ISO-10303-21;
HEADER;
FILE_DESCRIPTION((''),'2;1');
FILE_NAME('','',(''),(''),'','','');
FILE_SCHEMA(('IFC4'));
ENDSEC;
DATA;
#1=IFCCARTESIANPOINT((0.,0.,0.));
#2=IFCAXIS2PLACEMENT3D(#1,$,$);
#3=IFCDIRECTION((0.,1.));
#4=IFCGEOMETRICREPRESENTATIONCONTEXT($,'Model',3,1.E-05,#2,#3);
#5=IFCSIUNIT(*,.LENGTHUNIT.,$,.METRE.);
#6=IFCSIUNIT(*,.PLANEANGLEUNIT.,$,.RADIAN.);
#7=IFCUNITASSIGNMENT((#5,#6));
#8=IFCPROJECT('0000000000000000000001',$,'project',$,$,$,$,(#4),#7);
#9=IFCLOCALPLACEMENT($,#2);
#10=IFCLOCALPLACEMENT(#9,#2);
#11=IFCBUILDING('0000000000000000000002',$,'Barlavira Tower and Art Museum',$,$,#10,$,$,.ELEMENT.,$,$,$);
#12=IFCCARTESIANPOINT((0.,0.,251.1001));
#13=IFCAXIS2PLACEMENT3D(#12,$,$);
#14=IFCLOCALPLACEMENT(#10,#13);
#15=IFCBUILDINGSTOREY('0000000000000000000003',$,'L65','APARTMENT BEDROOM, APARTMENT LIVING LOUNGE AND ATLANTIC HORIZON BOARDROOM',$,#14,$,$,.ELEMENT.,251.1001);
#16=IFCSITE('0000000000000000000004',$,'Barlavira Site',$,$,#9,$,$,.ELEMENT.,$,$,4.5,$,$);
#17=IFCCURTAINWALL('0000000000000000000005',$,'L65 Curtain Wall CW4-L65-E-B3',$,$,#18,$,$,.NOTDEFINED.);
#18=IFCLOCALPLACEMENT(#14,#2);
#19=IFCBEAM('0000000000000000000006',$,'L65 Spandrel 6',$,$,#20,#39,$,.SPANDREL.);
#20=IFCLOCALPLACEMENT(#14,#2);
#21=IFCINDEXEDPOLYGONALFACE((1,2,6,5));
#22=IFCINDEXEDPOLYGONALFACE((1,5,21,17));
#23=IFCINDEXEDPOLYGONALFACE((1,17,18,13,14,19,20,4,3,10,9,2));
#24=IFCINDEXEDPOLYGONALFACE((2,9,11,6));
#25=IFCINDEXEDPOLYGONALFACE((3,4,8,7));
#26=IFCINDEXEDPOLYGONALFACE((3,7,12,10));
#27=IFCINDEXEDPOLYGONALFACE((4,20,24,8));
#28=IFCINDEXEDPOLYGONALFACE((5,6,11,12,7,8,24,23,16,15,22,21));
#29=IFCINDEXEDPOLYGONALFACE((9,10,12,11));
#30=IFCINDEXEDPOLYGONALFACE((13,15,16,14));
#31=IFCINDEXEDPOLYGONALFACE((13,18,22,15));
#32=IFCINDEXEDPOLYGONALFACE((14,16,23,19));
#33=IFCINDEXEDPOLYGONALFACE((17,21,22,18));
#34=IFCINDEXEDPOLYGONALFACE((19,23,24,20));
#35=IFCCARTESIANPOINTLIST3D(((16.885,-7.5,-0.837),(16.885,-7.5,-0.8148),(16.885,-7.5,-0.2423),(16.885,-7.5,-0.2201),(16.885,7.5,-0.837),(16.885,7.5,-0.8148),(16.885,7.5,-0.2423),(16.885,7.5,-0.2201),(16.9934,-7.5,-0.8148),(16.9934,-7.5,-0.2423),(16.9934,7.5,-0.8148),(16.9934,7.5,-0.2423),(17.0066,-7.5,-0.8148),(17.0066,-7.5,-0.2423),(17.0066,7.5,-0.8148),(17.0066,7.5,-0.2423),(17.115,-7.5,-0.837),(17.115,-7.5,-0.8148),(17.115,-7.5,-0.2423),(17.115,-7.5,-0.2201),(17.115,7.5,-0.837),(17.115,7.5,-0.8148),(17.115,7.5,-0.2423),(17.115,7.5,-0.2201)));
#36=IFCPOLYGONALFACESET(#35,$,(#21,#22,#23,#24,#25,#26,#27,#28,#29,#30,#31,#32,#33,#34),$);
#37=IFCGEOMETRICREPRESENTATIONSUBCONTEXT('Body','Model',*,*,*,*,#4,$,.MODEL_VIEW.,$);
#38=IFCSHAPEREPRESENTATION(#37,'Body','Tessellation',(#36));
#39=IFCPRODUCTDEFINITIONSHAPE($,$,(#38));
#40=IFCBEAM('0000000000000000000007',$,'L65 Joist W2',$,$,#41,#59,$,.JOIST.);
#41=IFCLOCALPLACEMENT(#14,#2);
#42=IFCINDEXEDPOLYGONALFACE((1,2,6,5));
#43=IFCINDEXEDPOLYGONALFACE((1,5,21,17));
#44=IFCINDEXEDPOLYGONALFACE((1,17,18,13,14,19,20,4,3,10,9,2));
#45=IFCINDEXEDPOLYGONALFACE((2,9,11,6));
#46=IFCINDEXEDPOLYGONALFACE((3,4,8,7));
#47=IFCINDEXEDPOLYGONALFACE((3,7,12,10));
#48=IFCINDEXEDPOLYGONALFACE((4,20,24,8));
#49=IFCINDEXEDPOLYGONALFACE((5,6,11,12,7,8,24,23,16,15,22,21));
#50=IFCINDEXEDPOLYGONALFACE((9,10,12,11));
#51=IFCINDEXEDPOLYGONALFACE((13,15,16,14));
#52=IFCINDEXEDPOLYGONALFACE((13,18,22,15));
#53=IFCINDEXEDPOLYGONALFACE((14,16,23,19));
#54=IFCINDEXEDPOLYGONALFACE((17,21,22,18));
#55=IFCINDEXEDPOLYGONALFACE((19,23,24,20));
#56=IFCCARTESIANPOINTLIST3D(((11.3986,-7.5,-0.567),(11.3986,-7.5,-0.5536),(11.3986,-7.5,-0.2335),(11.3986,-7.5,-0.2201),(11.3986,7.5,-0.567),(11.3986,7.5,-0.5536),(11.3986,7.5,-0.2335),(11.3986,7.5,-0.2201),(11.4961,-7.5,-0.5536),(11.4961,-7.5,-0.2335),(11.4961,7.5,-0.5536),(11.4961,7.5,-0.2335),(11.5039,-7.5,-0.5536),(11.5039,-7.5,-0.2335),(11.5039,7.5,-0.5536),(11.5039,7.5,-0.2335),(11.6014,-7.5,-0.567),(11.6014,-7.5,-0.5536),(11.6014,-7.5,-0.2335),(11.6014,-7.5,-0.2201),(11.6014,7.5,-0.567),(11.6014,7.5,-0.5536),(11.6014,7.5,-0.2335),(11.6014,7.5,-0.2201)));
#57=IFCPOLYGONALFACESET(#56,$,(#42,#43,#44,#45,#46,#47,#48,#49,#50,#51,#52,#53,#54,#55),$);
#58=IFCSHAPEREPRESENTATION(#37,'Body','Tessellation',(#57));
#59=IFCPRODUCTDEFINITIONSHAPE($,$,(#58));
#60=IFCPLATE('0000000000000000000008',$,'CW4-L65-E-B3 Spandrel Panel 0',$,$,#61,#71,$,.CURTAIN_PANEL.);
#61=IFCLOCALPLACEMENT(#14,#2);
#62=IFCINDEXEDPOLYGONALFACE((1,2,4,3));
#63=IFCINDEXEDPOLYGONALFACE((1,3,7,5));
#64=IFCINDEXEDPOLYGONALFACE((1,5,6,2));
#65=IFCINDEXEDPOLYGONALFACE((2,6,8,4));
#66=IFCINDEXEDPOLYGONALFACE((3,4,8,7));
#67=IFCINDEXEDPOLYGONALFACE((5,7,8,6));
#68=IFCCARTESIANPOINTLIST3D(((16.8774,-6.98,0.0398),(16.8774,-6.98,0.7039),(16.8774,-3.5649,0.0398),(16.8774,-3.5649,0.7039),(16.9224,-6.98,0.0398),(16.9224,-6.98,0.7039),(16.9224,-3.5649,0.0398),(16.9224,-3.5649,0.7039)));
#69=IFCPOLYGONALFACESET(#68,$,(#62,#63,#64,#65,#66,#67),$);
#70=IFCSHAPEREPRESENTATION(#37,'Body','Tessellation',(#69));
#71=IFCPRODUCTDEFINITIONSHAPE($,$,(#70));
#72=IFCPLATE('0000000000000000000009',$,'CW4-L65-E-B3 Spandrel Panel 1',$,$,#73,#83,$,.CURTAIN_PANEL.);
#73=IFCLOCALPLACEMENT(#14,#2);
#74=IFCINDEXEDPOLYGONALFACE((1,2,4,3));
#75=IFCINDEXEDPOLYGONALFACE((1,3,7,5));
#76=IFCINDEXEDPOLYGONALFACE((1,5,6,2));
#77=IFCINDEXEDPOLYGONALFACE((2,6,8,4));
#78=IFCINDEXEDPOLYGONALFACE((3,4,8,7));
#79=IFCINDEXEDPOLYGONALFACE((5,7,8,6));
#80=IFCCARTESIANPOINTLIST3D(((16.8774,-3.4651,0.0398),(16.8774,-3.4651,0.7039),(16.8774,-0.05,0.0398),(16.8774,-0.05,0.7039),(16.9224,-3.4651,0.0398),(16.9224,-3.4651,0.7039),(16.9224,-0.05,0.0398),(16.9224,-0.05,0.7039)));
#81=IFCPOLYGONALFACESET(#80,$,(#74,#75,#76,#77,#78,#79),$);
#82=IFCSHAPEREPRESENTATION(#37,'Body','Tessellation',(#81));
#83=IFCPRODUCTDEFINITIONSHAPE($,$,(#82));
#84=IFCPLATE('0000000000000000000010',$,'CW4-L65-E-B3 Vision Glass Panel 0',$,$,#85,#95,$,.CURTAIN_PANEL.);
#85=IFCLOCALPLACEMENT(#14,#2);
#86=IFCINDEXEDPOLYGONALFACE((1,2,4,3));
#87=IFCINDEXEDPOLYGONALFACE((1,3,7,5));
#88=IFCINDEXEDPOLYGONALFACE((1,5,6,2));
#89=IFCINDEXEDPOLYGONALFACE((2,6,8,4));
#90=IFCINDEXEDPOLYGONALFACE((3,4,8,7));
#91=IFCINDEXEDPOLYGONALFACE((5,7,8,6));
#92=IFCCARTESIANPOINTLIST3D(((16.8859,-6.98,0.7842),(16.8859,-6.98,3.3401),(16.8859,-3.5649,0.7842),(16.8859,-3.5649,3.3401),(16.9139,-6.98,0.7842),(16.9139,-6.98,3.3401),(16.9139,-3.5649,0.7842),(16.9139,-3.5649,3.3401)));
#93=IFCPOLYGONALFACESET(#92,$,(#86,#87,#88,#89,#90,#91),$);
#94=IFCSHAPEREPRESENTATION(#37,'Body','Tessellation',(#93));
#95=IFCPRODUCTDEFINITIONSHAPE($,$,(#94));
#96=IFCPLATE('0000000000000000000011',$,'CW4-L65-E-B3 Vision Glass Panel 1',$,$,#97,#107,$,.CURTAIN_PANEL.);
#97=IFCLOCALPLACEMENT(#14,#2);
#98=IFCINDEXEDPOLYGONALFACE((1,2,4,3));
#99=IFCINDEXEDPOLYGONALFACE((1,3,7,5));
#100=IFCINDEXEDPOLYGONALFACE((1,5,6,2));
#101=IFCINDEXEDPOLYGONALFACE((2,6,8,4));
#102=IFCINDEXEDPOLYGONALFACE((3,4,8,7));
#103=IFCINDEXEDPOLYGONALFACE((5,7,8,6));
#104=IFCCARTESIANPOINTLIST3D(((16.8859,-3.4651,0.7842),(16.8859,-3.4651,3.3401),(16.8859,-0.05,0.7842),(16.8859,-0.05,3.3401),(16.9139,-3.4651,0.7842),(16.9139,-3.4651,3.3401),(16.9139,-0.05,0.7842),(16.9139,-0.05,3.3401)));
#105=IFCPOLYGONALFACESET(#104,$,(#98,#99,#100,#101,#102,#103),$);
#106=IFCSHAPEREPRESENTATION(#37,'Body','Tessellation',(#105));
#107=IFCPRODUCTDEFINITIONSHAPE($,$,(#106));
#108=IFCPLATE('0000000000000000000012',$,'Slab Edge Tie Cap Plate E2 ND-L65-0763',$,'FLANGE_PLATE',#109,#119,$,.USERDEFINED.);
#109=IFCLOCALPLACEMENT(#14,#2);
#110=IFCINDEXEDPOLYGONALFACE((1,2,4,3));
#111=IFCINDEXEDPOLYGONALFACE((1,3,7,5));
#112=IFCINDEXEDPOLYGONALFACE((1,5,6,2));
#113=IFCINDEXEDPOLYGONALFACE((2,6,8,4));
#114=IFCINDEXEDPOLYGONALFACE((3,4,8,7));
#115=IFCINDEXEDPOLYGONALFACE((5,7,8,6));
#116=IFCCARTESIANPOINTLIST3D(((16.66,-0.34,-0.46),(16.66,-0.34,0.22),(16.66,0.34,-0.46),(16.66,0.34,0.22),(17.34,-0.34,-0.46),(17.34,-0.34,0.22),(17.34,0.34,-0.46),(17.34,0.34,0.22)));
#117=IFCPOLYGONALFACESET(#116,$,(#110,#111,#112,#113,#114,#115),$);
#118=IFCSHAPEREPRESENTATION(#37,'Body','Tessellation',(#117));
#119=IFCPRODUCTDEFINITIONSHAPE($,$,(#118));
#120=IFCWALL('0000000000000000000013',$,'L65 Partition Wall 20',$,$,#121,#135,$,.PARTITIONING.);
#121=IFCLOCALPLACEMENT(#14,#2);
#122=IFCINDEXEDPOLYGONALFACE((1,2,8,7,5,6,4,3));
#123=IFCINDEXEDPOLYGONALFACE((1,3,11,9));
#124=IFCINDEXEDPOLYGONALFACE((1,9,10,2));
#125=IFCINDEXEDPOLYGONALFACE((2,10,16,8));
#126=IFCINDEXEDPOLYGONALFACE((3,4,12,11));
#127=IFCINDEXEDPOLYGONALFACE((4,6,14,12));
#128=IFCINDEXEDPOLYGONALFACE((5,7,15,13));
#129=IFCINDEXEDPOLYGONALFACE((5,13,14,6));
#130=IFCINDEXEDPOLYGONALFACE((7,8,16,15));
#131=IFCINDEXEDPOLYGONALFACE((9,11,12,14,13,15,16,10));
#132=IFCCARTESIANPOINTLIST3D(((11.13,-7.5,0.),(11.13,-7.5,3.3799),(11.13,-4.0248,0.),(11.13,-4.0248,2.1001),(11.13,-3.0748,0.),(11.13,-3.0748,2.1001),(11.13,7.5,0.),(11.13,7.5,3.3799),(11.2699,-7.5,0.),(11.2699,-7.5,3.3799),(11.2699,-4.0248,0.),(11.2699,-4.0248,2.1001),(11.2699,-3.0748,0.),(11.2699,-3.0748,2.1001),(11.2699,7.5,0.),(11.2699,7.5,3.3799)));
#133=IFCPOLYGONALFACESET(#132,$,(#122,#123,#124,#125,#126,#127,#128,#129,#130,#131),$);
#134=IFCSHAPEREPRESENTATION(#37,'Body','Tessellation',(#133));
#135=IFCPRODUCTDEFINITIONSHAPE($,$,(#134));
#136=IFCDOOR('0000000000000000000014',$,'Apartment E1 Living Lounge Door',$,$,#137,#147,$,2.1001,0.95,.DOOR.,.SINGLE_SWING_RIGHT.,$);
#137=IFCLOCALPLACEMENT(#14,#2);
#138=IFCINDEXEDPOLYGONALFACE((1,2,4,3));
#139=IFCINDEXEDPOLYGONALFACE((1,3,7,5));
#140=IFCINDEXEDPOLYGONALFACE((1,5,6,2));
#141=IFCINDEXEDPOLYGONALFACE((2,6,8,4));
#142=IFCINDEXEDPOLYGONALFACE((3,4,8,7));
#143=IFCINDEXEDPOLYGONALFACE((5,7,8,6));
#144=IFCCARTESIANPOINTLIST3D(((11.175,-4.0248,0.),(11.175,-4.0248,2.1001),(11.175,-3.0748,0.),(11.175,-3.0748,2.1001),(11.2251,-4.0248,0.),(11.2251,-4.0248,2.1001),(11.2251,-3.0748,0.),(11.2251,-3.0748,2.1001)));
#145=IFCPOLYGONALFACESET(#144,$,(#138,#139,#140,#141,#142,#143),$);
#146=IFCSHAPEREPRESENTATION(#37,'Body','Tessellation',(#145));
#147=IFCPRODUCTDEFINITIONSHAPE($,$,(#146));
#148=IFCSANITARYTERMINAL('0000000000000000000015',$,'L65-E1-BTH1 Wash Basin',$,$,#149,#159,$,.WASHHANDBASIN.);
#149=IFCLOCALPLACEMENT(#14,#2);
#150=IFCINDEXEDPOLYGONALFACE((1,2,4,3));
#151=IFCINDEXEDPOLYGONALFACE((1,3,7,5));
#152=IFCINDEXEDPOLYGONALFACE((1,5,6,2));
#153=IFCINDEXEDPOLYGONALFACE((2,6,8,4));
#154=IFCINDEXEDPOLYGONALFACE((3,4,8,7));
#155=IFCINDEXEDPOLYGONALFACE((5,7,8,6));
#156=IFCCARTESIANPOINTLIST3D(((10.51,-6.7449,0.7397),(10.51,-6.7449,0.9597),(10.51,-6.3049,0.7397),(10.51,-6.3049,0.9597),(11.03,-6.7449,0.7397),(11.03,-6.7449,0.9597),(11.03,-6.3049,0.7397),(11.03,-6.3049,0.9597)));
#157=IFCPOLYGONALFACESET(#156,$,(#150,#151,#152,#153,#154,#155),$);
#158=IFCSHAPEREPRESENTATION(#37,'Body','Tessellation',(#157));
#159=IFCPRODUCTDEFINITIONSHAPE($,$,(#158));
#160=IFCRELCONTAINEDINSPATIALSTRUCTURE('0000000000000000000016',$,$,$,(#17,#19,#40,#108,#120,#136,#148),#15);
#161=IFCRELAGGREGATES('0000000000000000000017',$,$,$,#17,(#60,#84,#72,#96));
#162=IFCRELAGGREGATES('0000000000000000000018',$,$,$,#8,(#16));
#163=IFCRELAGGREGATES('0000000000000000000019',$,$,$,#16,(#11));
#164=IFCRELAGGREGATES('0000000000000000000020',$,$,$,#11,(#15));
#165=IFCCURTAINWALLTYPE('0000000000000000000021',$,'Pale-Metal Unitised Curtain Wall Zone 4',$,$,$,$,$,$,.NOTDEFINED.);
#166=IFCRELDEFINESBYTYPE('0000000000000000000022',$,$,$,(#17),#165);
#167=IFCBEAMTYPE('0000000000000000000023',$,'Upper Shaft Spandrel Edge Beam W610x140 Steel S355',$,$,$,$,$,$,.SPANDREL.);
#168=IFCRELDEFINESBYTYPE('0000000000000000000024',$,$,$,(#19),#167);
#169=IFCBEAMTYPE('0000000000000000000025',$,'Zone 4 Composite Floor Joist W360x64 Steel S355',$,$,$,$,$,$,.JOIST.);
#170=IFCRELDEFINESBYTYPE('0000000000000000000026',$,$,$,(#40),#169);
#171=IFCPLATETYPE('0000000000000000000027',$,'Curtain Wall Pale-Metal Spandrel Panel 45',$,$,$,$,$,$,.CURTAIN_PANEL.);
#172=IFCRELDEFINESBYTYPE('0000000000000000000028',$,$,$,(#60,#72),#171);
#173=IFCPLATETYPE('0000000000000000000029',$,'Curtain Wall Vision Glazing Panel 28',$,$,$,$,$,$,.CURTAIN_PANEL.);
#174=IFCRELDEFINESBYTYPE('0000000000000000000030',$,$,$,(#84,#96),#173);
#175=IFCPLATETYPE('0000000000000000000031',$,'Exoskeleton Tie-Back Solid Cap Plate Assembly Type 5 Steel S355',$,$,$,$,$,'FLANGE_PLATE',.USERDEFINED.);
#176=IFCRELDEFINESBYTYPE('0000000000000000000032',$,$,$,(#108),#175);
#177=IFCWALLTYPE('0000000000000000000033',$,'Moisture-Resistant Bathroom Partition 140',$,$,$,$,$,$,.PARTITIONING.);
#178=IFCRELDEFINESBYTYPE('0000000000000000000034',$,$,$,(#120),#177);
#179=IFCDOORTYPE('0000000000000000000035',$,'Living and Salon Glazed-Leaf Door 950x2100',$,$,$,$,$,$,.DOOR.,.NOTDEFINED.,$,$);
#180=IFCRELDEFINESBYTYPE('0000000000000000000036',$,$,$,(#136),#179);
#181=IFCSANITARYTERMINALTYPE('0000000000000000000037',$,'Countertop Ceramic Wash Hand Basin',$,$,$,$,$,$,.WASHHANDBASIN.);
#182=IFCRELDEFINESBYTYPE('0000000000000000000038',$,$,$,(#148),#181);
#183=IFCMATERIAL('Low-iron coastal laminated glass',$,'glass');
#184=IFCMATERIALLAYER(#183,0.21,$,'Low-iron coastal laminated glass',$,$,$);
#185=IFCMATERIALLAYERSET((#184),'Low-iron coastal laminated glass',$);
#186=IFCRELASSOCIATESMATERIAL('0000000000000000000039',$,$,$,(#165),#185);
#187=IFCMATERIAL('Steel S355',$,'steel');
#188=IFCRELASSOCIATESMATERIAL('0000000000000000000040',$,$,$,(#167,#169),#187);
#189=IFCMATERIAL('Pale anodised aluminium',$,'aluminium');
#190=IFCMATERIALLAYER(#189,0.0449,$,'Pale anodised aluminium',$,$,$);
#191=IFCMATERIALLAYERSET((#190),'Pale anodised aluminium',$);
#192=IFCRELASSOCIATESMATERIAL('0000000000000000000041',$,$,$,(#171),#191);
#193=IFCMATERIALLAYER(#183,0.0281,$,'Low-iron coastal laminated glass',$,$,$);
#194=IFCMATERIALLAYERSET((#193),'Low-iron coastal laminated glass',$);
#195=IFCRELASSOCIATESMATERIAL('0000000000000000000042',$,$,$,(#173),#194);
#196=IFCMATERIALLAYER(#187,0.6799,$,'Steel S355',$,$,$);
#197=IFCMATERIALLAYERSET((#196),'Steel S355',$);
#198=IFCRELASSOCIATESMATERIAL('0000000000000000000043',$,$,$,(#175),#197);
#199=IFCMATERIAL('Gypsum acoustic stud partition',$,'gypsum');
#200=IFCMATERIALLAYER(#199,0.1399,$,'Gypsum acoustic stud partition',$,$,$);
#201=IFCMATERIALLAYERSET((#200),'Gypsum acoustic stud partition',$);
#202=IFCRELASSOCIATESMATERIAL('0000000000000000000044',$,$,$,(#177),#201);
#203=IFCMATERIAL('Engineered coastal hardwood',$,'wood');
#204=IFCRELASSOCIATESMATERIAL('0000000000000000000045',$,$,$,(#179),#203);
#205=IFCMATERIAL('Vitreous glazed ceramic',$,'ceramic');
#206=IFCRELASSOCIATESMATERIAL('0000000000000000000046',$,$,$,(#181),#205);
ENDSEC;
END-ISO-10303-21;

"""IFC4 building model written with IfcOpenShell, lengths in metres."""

from ifc_helpers import new_model, si_unit, direction, frame, frame_2d, origin, origin_2d, place, context, subcontext, project, spatial, rectangle, i_section, extrude, material, layer, layer_set, material_profile, profile_set, type_object, element, fill, aggregate, save


model = new_model("IFC4")

# Units and contexts
model_context = context("Model", 3, precision=1e-05, world=origin(), true_north=direction((0.0, 1.0)))
body_context = subcontext(model_context, "Body", "Model", "MODEL_VIEW")
ifc_project = project(units=[si_unit("LENGTHUNIT", "METRE"), si_unit("PLANEANGLEUNIT", "RADIAN")], contexts=[model_context])

# Site, building, storey
site_placement = place(None, origin())
site = spatial("IfcSite", under=ifc_project, at=site_placement, Name="Barlavira Site", CompositionType="ELEMENT", RefElevation=4.5)
building_placement = place(site_placement, origin())
building = spatial("IfcBuilding", under=site, at=building_placement, Name="Barlavira Tower and Art Museum", CompositionType="ELEMENT")
storey_placement = place(building_placement, frame((0.0, 0.0, 251.1001)))
storey = spatial("IfcBuildingStorey", under=building, at=storey_placement, Name="L65", Description="APARTMENT BEDROOM, APARTMENT LIVING LOUNGE AND ATLANTIC HORIZON BOARDROOM", CompositionType="ELEMENT", Elevation=251.1001)

# Curtain wall
ifc_material_1 = material(Name="Low-iron coastal laminated glass", Category="glass")
ifc_layer_1 = layer(ifc_material_1, 0.21, Name="Low-iron coastal laminated glass")
ifc_layer_set_1 = layer_set([ifc_layer_1], Name="Low-iron coastal laminated glass")
curtain_wall_type = type_object("IfcCurtainWallType", Name="Pale-Metal Unitised Curtain Wall Zone 4", PredefinedType="NOTDEFINED", material=ifc_layer_set_1)
curtain_wall_placement = place(storey_placement, origin())
curtain_wall = element("IfcCurtainWall", 1, at=curtain_wall_placement, inside=storey, type_object=curtain_wall_type, Name="L65 Curtain Wall CW4-L65-E-B3", PredefinedType="NOTDEFINED")
ifc_material_2 = material(Name="Pale anodised aluminium", Category="aluminium")

# Shared definitions
ifc_material_3 = material(Name="Steel S355", Category="steel")

# Beams
ifc_material_profile_1 = material_profile(ifc_material_3, i_section(OverallWidth=0.23, OverallDepth=0.6169, WebThickness=0.0132, FlangeThickness=0.0222, at=origin_2d()), Name="W610x140.0")
ifc_profile_set_1 = profile_set([ifc_material_profile_1], Name="Steel S355")
beam_type_1 = type_object("IfcBeamType", Name="Upper Shaft Spandrel Edge Beam W610x140 Steel S355", PredefinedType="SPANDREL", material=ifc_profile_set_1)
beam_1_placement = place(storey_placement, frame((17.0, -7.5, -0.5286), z_axis=(0.0, 1.0, 0.0), x_axis=(-1.0, 0.0, 0.0)))
element("IfcBeam", 2, at=beam_1_placement, inside=storey, type_object=beam_type_1, Name="L65 Spandrel 6", PredefinedType="SPANDREL", context=body_context, shape_type="SweptSolid", body=[
    extrude(i_section(OverallWidth=0.23, OverallDepth=0.6169, WebThickness=0.0132, FlangeThickness=0.0222, at=origin_2d()), origin(), (0.0, 0.0, 1.0), 15.0),
])
ifc_material_profile_2 = material_profile(ifc_material_3, i_section(OverallWidth=0.2029, OverallDepth=0.3469, WebThickness=0.0078, FlangeThickness=0.0134, at=origin_2d()), Name="W360x64.0")
ifc_profile_set_2 = profile_set([ifc_material_profile_2], Name="Steel S355")
beam_type_2 = type_object("IfcBeamType", Name="Zone 4 Composite Floor Joist W360x64 Steel S355", PredefinedType="JOIST", material=ifc_profile_set_2)
beam_2_placement = place(storey_placement, frame((11.5, -7.5, -0.3936), z_axis=(0.0, 1.0, 0.0), x_axis=(-1.0, 0.0, 0.0)))
element("IfcBeam", 3, at=beam_2_placement, inside=storey, type_object=beam_type_2, Name="L65 Joist W2", PredefinedType="JOIST", context=body_context, shape_type="SweptSolid", body=[
    extrude(i_section(OverallWidth=0.2029, OverallDepth=0.3469, WebThickness=0.0078, FlangeThickness=0.0134, at=origin_2d()), origin(), (0.0, 0.0, 1.0), 15.0),
])

# Plates
ifc_layer_2 = layer(ifc_material_2, 0.0449, Name="Pale anodised aluminium")
ifc_layer_set_2 = layer_set([ifc_layer_2], Name="Pale anodised aluminium")
plate_type_1 = type_object("IfcPlateType", Name="Curtain Wall Pale-Metal Spandrel Panel 45", PredefinedType="CURTAIN_PANEL", material=ifc_layer_set_2)
plate_1_placement = place(storey_placement, frame((16.8999, -5.2725, 0.0398), z_axis=(0.0, 0.0, 1.0), x_axis=(0.0, 1.0, 0.0)))
plate_1 = element("IfcPlate", 4, at=plate_1_placement, type_object=plate_type_1, Name="CW4-L65-E-B3 Spandrel Panel 0", PredefinedType="CURTAIN_PANEL", context=body_context, shape_type="SweptSolid", body=[
    extrude(rectangle(XDim=3.415, YDim=0.0449, at=origin_2d()), origin(), (0.0, 0.0, 1.0), 0.6641),
])
plate_2_placement = place(storey_placement, frame((16.8999, -1.7576, 0.0398), z_axis=(0.0, 0.0, 1.0), x_axis=(0.0, 1.0, 0.0)))
plate_2 = element("IfcPlate", 5, at=plate_2_placement, type_object=plate_type_1, Name="CW4-L65-E-B3 Spandrel Panel 1", PredefinedType="CURTAIN_PANEL", context=body_context, shape_type="SweptSolid", body=[
    extrude(rectangle(XDim=3.415, YDim=0.0449, at=origin_2d()), origin(), (0.0, 0.0, 1.0), 0.6641),
])
ifc_layer_3 = layer(ifc_material_1, 0.0281, Name="Low-iron coastal laminated glass")
ifc_layer_set_3 = layer_set([ifc_layer_3], Name="Low-iron coastal laminated glass")
plate_type_2 = type_object("IfcPlateType", Name="Curtain Wall Vision Glazing Panel 28", PredefinedType="CURTAIN_PANEL", material=ifc_layer_set_3)
plate_3_placement = place(storey_placement, frame((16.8999, -5.2725, 0.7842), z_axis=(0.0, 0.0, 1.0), x_axis=(0.0, 1.0, 0.0)))
plate_3 = element("IfcPlate", 6, at=plate_3_placement, type_object=plate_type_2, Name="CW4-L65-E-B3 Vision Glass Panel 0", PredefinedType="CURTAIN_PANEL", context=body_context, shape_type="SweptSolid", body=[
    extrude(rectangle(XDim=3.415, YDim=0.0281, at=origin_2d()), origin(), (0.0, 0.0, 1.0), 2.5559),
])
plate_4_placement = place(storey_placement, frame((16.8999, -1.7576, 0.7842), z_axis=(0.0, 0.0, 1.0), x_axis=(0.0, 1.0, 0.0)))
plate_4 = element("IfcPlate", 7, at=plate_4_placement, type_object=plate_type_2, Name="CW4-L65-E-B3 Vision Glass Panel 1", PredefinedType="CURTAIN_PANEL", context=body_context, shape_type="SweptSolid", body=[
    extrude(rectangle(XDim=3.415, YDim=0.0281, at=origin_2d()), origin(), (0.0, 0.0, 1.0), 2.5559),
])
aggregate(curtain_wall, [plate_1, plate_3, plate_2, plate_4])
ifc_layer_4 = layer(ifc_material_3, 0.6799, Name="Steel S355")
ifc_layer_set_4 = layer_set([ifc_layer_4], Name="Steel S355")
plate_type_3 = type_object("IfcPlateType", Name="Exoskeleton Tie-Back Solid Cap Plate Assembly Type 5 Steel S355", ElementType="FLANGE_PLATE", PredefinedType="USERDEFINED", material=ifc_layer_set_4)
plate_5_placement = place(storey_placement, frame((17.0, 0.0, -0.46), z_axis=(0.0, 0.0, 1.0), x_axis=(1.0, 0.0, 0.0)))
element("IfcPlate", 8, at=plate_5_placement, inside=storey, type_object=plate_type_3, Name="Slab Edge Tie Cap Plate E2 ND-L65-0763", ObjectType="FLANGE_PLATE", PredefinedType="USERDEFINED", context=body_context, shape_type="SweptSolid", body=[
    extrude(rectangle(XDim=0.6799, YDim=0.6799, at=origin_2d()), origin(), (0.0, 0.0, 1.0), 0.6799),
])

# Shared definitions
ifc_material_4 = material(Name="Gypsum acoustic stud partition", Category="gypsum")

# Wall, opening, door
ifc_layer_5 = layer(ifc_material_4, 0.1399, Name="Gypsum acoustic stud partition")
ifc_layer_set_5 = layer_set([ifc_layer_5], Name="Gypsum acoustic stud partition")
wall_type_1 = type_object("IfcWallType", Name="Moisture-Resistant Bathroom Partition 140", PredefinedType="PARTITIONING", material=ifc_layer_set_5)
wall_1_placement = place(storey_placement, frame((11.2, -7.5, 0.0), z_axis=(0.0, 0.0, 1.0), x_axis=(0.0, 1.0, 0.0)))
wall_1 = element("IfcWall", 9, at=wall_1_placement, inside=storey, type_object=wall_type_1, Name="L65 Partition Wall 20", PredefinedType="PARTITIONING", context=body_context, shape_type="SweptSolid", body=[
    extrude(rectangle(XDim=15.0, YDim=0.1399, at=frame_2d((7.5, 0.0))), origin(), (0.0, 0.0, 1.0), 3.3799),
])
opening_placement = place(wall_1_placement, frame((3.4751, 0.0, 0.0)))
opening = element("IfcOpeningElement", 10, at=opening_placement, cuts=wall_1, PredefinedType="OPENING", context=body_context, shape_type="SweptSolid", body=[
    extrude(rectangle(XDim=0.95, YDim=2.1001, at=frame_2d((0.4751, 1.05))), frame((0.0, 0.0801, 0.0), z_axis=(0.0, -1.0, 0.0), x_axis=(1.0, 0.0, 0.0)), (0.0, 0.0, 1.0), 0.1599),
])
ifc_material_5 = material(Name="Engineered coastal hardwood", Category="wood")
door_type = type_object("IfcDoorType", Name="Living and Salon Glazed-Leaf Door 950x2100", OperationType="NOTDEFINED", PredefinedType="DOOR", material=ifc_material_5)
door_placement = place(opening_placement, origin())
door = element("IfcDoor", 11, at=door_placement, inside=storey, type_object=door_type, Name="Apartment E1 Living Lounge Door", OperationType="SINGLE_SWING_RIGHT", OverallHeight=2.1001, OverallWidth=0.95, PredefinedType="DOOR", context=body_context, shape_type="SweptSolid", body=[
    extrude(rectangle(XDim=0.95, YDim=2.1001, at=frame_2d((0.4751, 1.05))), frame((0.0, 0.0249, 0.0), z_axis=(0.0, -1.0, 0.0), x_axis=(1.0, 0.0, 0.0)), (0.0, 0.0, 1.0), 0.05),
])
fill(opening, door)

# Sanitary terminal
ifc_material_6 = material(Name="Vitreous glazed ceramic", Category="ceramic")
sanitary_terminal_type = type_object("IfcSanitaryTerminalType", Name="Countertop Ceramic Wash Hand Basin", PredefinedType="WASHHANDBASIN", material=ifc_material_6)
sanitary_terminal_placement = place(storey_placement, frame((10.77, -6.5249, 0.7397), z_axis=(0.0, 0.0, 1.0), x_axis=(1.0, 0.0, 0.0)))
element("IfcSanitaryTerminal", 12, at=sanitary_terminal_placement, inside=storey, type_object=sanitary_terminal_type, Name="L65-E1-BTH1 Wash Basin", PredefinedType="WASHHANDBASIN", context=body_context, shape_type="SweptSolid", body=[
    extrude(rectangle(XDim=0.52, YDim=0.4399, at=origin_2d()), origin(), (0.0, 0.0, 1.0), 0.22),
])

save(model, "model.ifc")
